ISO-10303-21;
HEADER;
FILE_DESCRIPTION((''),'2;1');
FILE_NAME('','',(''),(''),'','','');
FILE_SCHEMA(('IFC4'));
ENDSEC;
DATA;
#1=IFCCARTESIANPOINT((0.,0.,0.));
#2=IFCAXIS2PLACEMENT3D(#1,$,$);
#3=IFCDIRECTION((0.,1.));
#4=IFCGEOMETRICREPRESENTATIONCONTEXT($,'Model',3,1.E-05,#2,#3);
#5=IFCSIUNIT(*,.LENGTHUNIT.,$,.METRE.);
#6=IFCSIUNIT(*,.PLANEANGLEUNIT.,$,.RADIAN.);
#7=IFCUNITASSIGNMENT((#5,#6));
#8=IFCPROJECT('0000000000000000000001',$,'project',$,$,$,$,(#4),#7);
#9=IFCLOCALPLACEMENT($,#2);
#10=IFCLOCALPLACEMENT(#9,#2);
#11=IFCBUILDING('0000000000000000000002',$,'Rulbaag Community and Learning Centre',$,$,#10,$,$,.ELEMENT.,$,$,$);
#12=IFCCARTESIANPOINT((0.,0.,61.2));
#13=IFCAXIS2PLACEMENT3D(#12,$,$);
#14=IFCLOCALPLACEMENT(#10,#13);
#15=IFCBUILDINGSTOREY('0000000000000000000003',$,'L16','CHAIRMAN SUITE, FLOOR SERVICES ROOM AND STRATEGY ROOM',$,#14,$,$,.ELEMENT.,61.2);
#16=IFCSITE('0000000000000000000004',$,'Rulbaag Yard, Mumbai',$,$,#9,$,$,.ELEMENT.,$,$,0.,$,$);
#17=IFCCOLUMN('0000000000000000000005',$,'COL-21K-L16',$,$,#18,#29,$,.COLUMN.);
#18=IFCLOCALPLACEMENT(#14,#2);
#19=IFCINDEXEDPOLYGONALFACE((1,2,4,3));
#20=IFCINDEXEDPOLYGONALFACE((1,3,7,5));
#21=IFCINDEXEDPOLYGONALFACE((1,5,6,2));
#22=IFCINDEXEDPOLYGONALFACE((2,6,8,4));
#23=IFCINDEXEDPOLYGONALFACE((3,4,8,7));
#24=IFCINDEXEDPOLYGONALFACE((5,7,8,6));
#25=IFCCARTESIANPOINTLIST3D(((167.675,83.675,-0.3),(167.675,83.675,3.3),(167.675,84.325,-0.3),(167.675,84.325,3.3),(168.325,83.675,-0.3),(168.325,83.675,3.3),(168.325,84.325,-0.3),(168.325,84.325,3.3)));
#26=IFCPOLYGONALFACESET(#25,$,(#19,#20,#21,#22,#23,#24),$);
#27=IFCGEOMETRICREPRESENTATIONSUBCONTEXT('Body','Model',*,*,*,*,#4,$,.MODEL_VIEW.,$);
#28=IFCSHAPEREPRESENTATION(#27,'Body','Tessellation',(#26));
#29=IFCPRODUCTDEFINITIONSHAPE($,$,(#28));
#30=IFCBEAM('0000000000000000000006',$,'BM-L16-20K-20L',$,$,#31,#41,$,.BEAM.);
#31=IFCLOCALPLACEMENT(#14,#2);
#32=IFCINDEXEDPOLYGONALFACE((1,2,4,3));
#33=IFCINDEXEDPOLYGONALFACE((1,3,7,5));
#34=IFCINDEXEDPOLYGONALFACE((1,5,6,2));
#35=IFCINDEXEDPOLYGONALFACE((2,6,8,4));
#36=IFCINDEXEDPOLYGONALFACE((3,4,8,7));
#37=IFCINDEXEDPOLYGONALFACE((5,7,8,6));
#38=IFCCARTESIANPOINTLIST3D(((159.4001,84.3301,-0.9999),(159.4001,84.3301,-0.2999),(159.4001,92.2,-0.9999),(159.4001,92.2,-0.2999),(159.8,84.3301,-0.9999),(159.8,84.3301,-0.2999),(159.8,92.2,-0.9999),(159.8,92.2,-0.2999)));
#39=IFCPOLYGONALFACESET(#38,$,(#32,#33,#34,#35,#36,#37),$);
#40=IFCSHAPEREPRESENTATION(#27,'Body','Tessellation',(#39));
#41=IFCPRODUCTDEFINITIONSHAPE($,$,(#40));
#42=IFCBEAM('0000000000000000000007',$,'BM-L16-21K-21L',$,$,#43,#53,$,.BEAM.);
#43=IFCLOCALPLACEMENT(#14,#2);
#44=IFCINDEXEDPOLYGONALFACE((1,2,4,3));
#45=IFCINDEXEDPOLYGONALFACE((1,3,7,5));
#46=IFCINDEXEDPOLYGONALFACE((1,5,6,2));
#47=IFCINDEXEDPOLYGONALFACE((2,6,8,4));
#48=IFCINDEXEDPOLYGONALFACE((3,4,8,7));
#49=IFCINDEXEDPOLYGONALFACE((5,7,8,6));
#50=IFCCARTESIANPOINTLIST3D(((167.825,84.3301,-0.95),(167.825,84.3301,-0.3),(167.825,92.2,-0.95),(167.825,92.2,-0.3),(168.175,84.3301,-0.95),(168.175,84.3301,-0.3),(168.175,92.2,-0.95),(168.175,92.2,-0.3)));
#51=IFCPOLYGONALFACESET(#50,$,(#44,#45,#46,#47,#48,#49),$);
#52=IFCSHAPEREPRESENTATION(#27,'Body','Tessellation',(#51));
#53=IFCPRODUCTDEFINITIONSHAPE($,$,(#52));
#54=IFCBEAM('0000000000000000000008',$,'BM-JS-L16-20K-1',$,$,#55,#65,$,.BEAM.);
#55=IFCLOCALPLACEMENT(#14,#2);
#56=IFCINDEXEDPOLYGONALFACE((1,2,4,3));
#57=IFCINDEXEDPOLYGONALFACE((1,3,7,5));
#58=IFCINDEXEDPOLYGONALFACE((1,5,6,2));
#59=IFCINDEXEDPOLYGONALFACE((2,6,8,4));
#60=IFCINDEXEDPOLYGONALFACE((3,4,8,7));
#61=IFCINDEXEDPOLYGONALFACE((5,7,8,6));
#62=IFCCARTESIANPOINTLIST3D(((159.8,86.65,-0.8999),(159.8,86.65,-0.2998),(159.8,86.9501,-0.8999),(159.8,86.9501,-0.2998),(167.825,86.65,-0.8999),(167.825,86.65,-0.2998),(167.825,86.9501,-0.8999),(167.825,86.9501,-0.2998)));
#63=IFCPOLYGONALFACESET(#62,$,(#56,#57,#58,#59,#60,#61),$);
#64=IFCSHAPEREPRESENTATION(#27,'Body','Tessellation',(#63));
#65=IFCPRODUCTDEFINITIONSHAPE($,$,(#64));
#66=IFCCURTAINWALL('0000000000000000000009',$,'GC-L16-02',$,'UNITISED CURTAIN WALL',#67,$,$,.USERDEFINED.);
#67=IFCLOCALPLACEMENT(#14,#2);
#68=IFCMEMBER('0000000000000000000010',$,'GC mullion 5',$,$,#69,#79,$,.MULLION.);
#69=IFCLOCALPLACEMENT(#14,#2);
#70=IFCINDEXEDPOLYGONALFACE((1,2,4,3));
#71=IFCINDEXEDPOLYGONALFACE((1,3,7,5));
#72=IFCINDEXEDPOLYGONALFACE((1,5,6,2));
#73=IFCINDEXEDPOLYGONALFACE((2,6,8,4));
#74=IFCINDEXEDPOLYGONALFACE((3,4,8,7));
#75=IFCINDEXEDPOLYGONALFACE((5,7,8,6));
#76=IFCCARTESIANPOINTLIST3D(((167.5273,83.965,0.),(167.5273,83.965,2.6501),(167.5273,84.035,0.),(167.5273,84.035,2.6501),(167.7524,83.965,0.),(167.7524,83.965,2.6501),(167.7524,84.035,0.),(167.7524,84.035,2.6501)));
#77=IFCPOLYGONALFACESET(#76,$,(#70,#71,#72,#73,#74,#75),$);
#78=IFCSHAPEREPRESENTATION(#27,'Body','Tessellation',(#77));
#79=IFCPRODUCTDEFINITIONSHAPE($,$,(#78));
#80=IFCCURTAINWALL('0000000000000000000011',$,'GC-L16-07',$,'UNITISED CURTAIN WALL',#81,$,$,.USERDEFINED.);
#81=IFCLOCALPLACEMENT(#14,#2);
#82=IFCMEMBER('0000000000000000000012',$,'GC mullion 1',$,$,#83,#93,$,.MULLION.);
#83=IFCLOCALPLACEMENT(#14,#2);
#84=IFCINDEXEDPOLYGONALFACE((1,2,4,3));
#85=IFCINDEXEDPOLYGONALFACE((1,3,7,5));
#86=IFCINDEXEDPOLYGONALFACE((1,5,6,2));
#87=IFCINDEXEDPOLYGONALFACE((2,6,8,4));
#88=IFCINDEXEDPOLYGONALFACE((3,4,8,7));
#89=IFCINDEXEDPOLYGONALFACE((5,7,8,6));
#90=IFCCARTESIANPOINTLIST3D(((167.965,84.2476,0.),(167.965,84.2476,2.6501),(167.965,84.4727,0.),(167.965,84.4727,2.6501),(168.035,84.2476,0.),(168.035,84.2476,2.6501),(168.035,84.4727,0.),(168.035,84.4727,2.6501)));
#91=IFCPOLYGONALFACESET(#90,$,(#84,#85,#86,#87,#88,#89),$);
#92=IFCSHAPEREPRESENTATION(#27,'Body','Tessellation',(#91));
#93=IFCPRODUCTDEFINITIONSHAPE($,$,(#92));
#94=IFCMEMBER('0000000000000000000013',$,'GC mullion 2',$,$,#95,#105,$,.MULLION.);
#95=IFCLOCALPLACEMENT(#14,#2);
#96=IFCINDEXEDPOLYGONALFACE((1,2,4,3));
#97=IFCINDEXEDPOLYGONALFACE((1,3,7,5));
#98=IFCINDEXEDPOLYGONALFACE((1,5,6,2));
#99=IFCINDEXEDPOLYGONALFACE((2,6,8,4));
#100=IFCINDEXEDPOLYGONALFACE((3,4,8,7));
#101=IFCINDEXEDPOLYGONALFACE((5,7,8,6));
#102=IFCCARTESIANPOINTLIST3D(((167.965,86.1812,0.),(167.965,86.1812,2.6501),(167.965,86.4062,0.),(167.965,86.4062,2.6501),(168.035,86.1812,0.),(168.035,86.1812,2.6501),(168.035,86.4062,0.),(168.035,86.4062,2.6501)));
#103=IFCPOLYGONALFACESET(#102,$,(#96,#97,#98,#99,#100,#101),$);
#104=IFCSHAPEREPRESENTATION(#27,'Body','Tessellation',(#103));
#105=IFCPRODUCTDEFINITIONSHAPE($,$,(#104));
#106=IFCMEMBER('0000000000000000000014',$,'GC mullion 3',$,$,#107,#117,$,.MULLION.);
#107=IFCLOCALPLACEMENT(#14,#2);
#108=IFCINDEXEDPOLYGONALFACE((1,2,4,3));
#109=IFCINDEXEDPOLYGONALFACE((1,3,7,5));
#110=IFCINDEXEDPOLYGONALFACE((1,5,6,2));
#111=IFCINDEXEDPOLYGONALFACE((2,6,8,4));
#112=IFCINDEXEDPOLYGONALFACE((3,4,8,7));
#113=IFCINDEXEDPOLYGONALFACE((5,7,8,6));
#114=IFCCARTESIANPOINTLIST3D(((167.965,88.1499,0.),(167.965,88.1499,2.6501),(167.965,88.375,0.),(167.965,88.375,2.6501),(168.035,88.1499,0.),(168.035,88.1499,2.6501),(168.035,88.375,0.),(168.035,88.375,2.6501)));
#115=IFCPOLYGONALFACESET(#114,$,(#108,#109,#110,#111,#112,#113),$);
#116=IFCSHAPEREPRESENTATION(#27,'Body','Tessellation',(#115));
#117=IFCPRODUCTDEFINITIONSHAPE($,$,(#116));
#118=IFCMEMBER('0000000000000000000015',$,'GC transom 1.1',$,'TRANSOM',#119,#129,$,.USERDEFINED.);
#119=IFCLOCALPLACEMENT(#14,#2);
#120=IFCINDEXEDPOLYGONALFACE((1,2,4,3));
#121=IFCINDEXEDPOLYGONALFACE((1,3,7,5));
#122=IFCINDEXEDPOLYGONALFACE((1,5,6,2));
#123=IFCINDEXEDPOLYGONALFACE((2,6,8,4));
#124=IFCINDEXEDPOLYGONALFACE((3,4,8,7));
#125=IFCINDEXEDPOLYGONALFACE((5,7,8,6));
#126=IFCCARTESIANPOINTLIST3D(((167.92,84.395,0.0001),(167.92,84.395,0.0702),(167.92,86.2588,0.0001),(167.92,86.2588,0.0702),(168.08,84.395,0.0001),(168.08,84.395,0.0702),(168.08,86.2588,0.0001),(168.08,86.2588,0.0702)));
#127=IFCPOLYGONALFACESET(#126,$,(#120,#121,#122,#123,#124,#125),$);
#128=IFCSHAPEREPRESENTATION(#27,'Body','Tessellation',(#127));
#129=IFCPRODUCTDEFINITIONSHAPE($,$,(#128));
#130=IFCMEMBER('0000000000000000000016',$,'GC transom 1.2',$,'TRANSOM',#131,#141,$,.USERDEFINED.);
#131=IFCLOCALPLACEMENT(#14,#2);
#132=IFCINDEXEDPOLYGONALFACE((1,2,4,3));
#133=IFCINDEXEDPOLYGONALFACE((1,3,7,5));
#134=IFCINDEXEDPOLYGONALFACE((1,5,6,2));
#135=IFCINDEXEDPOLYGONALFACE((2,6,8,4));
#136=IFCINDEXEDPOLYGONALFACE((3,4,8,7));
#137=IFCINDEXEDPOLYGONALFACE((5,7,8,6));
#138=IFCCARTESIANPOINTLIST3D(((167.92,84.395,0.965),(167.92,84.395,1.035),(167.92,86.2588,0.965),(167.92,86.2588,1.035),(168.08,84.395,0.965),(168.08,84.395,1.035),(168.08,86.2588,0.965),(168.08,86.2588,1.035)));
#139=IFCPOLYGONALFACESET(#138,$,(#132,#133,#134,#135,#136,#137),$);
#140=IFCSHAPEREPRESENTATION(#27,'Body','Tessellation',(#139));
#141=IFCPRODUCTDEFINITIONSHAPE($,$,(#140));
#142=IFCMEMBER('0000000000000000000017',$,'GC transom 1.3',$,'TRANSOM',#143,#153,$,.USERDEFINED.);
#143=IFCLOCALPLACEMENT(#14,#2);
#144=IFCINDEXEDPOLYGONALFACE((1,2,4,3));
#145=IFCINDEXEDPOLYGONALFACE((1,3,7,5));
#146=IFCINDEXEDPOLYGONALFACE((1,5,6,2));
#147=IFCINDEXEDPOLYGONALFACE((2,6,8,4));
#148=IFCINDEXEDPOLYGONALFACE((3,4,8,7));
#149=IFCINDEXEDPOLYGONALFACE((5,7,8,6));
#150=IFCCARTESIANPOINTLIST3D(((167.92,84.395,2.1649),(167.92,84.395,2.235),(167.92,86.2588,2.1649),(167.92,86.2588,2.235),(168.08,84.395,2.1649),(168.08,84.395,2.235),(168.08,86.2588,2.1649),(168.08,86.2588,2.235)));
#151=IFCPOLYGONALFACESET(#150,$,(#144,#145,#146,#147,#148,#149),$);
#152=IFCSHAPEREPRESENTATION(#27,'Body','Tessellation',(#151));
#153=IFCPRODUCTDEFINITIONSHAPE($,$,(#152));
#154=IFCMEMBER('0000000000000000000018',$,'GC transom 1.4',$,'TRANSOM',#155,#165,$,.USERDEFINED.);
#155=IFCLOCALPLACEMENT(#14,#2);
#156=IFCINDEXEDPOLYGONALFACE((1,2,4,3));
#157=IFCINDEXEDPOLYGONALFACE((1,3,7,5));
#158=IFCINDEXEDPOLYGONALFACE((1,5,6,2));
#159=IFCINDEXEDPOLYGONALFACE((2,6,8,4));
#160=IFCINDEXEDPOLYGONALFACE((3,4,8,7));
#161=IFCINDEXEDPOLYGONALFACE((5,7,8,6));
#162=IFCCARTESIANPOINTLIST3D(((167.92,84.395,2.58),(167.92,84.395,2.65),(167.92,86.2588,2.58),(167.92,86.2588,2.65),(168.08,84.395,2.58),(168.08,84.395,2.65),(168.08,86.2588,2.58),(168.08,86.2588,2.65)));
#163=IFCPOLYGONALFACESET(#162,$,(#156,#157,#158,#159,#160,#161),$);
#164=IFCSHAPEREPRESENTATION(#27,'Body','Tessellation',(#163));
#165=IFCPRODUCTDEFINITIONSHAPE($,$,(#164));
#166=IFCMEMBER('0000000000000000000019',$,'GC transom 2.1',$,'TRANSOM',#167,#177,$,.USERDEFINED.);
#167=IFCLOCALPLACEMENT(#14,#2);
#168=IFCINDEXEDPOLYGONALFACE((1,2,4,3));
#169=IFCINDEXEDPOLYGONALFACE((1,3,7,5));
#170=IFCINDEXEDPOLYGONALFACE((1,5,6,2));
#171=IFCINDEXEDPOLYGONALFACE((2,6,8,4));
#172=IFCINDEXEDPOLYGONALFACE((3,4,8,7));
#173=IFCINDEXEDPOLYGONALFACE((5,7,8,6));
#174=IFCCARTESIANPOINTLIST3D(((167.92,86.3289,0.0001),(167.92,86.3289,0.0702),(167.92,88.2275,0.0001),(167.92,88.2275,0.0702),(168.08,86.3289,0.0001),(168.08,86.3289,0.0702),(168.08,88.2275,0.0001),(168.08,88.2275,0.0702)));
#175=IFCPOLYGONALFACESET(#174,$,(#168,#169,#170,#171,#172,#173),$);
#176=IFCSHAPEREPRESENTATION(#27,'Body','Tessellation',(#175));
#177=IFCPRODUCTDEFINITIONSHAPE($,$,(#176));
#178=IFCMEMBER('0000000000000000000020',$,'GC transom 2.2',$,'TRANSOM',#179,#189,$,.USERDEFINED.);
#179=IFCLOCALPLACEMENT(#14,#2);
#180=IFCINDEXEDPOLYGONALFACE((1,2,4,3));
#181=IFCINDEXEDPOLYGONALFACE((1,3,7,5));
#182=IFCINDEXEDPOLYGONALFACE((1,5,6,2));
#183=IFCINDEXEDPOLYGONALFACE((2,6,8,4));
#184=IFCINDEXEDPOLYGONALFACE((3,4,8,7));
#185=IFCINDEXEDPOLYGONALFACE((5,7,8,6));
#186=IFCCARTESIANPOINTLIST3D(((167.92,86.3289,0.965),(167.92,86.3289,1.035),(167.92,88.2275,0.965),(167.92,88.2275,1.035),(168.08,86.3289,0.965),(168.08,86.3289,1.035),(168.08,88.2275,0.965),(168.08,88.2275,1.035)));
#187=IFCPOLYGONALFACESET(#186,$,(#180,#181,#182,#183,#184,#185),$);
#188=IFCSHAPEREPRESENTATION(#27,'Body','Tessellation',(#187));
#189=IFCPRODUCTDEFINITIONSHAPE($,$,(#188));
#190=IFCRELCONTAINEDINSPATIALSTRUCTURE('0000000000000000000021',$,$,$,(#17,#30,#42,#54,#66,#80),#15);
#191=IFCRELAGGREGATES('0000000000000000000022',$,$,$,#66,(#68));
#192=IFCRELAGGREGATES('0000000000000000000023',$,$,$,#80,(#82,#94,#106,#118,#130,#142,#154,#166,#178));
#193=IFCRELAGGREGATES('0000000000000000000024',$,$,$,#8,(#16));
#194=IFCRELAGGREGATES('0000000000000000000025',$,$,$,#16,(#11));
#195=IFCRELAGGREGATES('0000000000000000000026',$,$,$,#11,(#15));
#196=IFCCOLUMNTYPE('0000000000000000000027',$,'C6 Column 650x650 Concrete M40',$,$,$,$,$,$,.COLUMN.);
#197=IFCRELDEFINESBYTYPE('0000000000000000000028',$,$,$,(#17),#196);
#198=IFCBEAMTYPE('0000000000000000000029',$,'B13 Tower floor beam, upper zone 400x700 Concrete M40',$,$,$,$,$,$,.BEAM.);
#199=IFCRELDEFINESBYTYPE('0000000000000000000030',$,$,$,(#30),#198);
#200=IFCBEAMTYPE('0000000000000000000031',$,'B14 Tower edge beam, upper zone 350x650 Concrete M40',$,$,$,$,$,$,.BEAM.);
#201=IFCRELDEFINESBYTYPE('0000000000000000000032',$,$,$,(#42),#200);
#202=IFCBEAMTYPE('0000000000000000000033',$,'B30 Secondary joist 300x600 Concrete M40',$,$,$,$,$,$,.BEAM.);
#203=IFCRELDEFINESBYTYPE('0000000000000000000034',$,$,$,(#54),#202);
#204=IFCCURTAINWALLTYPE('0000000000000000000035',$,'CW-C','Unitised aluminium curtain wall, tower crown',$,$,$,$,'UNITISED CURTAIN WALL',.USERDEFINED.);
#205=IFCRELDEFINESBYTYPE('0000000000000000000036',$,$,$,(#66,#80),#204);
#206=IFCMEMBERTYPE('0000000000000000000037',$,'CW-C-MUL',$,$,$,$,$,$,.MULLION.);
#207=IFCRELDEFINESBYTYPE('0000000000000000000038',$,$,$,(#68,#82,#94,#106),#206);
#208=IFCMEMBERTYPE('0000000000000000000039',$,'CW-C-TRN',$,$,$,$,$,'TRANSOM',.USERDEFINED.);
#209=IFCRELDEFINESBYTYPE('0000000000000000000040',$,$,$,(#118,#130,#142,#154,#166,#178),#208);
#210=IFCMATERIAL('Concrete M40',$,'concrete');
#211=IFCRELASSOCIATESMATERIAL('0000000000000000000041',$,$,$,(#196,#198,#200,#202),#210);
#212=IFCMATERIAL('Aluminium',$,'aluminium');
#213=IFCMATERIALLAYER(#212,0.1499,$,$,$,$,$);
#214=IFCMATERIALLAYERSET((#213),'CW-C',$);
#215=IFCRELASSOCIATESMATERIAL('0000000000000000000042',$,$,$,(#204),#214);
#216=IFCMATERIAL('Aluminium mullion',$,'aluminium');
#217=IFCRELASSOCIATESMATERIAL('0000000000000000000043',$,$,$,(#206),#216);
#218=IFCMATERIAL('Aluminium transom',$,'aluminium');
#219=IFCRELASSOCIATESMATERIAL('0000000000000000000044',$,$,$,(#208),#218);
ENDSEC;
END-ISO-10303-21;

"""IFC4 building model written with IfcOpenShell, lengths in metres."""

from ifc_helpers import new_model, si_unit, direction, frame, origin, origin_2d, place, context, subcontext, project, spatial, rectangle, extrude, material, layer, layer_set, material_profile, profile_set, type_object, element, aggregate, save


model = new_model("IFC4")

# Units and contexts
model_context = context("Model", 3, precision=1e-05, world=origin(), true_north=direction((0.0, 1.0)))
body_context = subcontext(model_context, "Body", "Model", "MODEL_VIEW")
ifc_project = project(units=[si_unit("LENGTHUNIT", "METRE"), si_unit("PLANEANGLEUNIT", "RADIAN")], contexts=[model_context])

# Site, building, storey
site_placement = place(None, origin())
site = spatial("IfcSite", under=ifc_project, at=site_placement, Name="Rulbaag Yard, Mumbai", CompositionType="ELEMENT", RefElevation=0.0)
building_placement = place(site_placement, origin())
building = spatial("IfcBuilding", under=site, at=building_placement, Name="Rulbaag Community and Learning Centre", CompositionType="ELEMENT")
storey_placement = place(building_placement, frame((0.0, 0.0, 61.2)))
storey = spatial("IfcBuildingStorey", under=building, at=storey_placement, Name="L16", Description="CHAIRMAN SUITE, FLOOR SERVICES ROOM AND STRATEGY ROOM", CompositionType="ELEMENT", Elevation=61.2)

# Column
ifc_material_1 = material(Name="Concrete M40", Category="concrete")
ifc_material_profile_1 = material_profile(ifc_material_1, rectangle(XDim=0.6499, YDim=0.6499, at=origin_2d()), Name="RC650x650")
ifc_profile_set_1 = profile_set([ifc_material_profile_1], Name="Concrete M40")
column_type = type_object("IfcColumnType", Name="C6 Column 650x650 Concrete M40", PredefinedType="COLUMN", material=ifc_profile_set_1)
column_placement = place(storey_placement, frame((168.0, 84.0, -0.3), z_axis=(0.0, 0.0, 1.0), x_axis=(1.0, 0.0, 0.0)))
element("IfcColumn", 1, at=column_placement, inside=storey, type_object=column_type, Name="COL-21K-L16", PredefinedType="COLUMN", context=body_context, shape_type="SweptSolid", body=[
    extrude(rectangle(XDim=0.6499, YDim=0.6499, at=origin_2d()), origin(), (0.0, 0.0, 1.0), 3.6001),
])

# Beams
ifc_material_profile_2 = material_profile(ifc_material_1, rectangle(XDim=0.3999, YDim=0.7, at=origin_2d()), Name="RB400x700")
ifc_profile_set_2 = profile_set([ifc_material_profile_2], Name="Concrete M40")
beam_type_1 = type_object("IfcBeamType", Name="B13 Tower floor beam, upper zone 400x700 Concrete M40", PredefinedType="BEAM", material=ifc_profile_set_2)
beam_1_placement = place(storey_placement, frame((159.6001, 84.3301, -0.6499), z_axis=(0.0, 1.0, 0.0), x_axis=(-1.0, 0.0, 0.0)))
element("IfcBeam", 2, at=beam_1_placement, inside=storey, type_object=beam_type_1, Name="BM-L16-20K-20L", PredefinedType="BEAM", context=body_context, shape_type="SweptSolid", body=[
    extrude(rectangle(XDim=0.3999, YDim=0.7, at=origin_2d()), origin(), (0.0, 0.0, 1.0), 7.8699),
])
ifc_material_profile_3 = material_profile(ifc_material_1, rectangle(XDim=0.3501, YDim=0.6499, at=origin_2d()), Name="RB350x650")
ifc_profile_set_3 = profile_set([ifc_material_profile_3], Name="Concrete M40")
beam_type_2 = type_object("IfcBeamType", Name="B14 Tower edge beam, upper zone 350x650 Concrete M40", PredefinedType="BEAM", material=ifc_profile_set_3)
beam_2_placement = place(storey_placement, frame((168.0, 84.3301, -0.625), z_axis=(0.0, 1.0, 0.0), x_axis=(-1.0, 0.0, 0.0)))
element("IfcBeam", 3, at=beam_2_placement, inside=storey, type_object=beam_type_2, Name="BM-L16-21K-21L", PredefinedType="BEAM", context=body_context, shape_type="SweptSolid", body=[
    extrude(rectangle(XDim=0.3501, YDim=0.6499, at=origin_2d()), origin(), (0.0, 0.0, 1.0), 7.8699),
])
ifc_material_profile_4 = material_profile(ifc_material_1, rectangle(XDim=0.3, YDim=0.6001, at=origin_2d()), Name="RB300x600")
ifc_profile_set_4 = profile_set([ifc_material_profile_4], Name="Concrete M40")
beam_type_3 = type_object("IfcBeamType", Name="B30 Secondary joist 300x600 Concrete M40", PredefinedType="BEAM", material=ifc_profile_set_4)
beam_3_placement = place(storey_placement, frame((159.8, 86.8, -0.5999), z_axis=(1.0, 0.0, 0.0), x_axis=(0.0, 1.0, 0.0)))
element("IfcBeam", 4, at=beam_3_placement, inside=storey, type_object=beam_type_3, Name="BM-JS-L16-20K-1", PredefinedType="BEAM", context=body_context, shape_type="SweptSolid", body=[
    extrude(rectangle(XDim=0.3, YDim=0.6001, at=origin_2d()), origin(), (0.0, 0.0, 1.0), 8.0249),
])

# Curtain wall, member
ifc_material_2 = material(Name="Aluminium", Category="aluminium")
ifc_layer_1 = layer(ifc_material_2, 0.1499)
ifc_layer_set_1 = layer_set([ifc_layer_1], Name="CW-C")
curtain_wall_type = type_object("IfcCurtainWallType", Name="CW-C", Description="Unitised aluminium curtain wall, tower crown", ElementType="UNITISED CURTAIN WALL", PredefinedType="USERDEFINED", material=ifc_layer_set_1)
curtain_wall_1_placement = place(storey_placement, origin())
curtain_wall_1 = element("IfcCurtainWall", 5, at=curtain_wall_1_placement, inside=storey, type_object=curtain_wall_type, Name="GC-L16-02", ObjectType="UNITISED CURTAIN WALL", PredefinedType="USERDEFINED")
ifc_material_3 = material(Name="Aluminium mullion", Category="aluminium")
ifc_material_profile_5 = material_profile(ifc_material_3, rectangle(XDim=0.0701, YDim=0.2251, at=origin_2d()), Name="AL 70x225")
ifc_profile_set_5 = profile_set([ifc_material_profile_5], Name="Aluminium mullion")
member_type_1 = type_object("IfcMemberType", Name="CW-C-MUL", PredefinedType="MULLION", material=ifc_profile_set_5)
member_1_placement = place(storey_placement, frame((167.6399, 84.0, 0.0), z_axis=(0.0, 0.0, 1.0), x_axis=(0.0, 1.0, 0.0)))
member_1 = element("IfcMember", 6, at=member_1_placement, type_object=member_type_1, Name="GC mullion 5", PredefinedType="MULLION", context=body_context, shape_type="SweptSolid", body=[
    extrude(rectangle(XDim=0.0701, YDim=0.2251, at=origin_2d()), origin(), (0.0, 0.0, 1.0), 2.6501),
])
aggregate(curtain_wall_1, [member_1])

# Curtain wall, members
curtain_wall_2_placement = place(storey_placement, origin())
curtain_wall_2 = element("IfcCurtainWall", 7, at=curtain_wall_2_placement, inside=storey, type_object=curtain_wall_type, Name="GC-L16-07", ObjectType="UNITISED CURTAIN WALL", PredefinedType="USERDEFINED")
member_2_placement = place(storey_placement, frame((168.0, 84.3601, 0.0), z_axis=(0.0, 0.0, 1.0), x_axis=(-1.0, 0.0, 0.0)))
member_2 = element("IfcMember", 8, at=member_2_placement, type_object=member_type_1, Name="GC mullion 1", PredefinedType="MULLION", context=body_context, shape_type="SweptSolid", body=[
    extrude(rectangle(XDim=0.0701, YDim=0.2251, at=origin_2d()), origin(), (0.0, 0.0, 1.0), 2.6501),
])
member_3_placement = place(storey_placement, frame((168.0, 86.2937, 0.0), z_axis=(0.0, 0.0, 1.0), x_axis=(-1.0, 0.0, 0.0)))
member_3 = element("IfcMember", 9, at=member_3_placement, type_object=member_type_1, Name="GC mullion 2", PredefinedType="MULLION", context=body_context, shape_type="SweptSolid", body=[
    extrude(rectangle(XDim=0.0701, YDim=0.2251, at=origin_2d()), origin(), (0.0, 0.0, 1.0), 2.6501),
])
member_4_placement = place(storey_placement, frame((168.0, 88.2625, 0.0), z_axis=(0.0, 0.0, 1.0), x_axis=(-1.0, 0.0, 0.0)))
member_4 = element("IfcMember", 10, at=member_4_placement, type_object=member_type_1, Name="GC mullion 3", PredefinedType="MULLION", context=body_context, shape_type="SweptSolid", body=[
    extrude(rectangle(XDim=0.0701, YDim=0.2251, at=origin_2d()), origin(), (0.0, 0.0, 1.0), 2.6501),
])
ifc_material_4 = material(Name="Aluminium transom", Category="aluminium")
ifc_material_profile_6 = material_profile(ifc_material_4, rectangle(XDim=0.1599, YDim=0.0701, at=origin_2d()), Name="AL 70x160 T")
ifc_profile_set_6 = profile_set([ifc_material_profile_6], Name="Aluminium transom")
member_type_2 = type_object("IfcMemberType", Name="CW-C-TRN", ElementType="TRANSOM", PredefinedType="USERDEFINED", material=ifc_profile_set_6)
member_5_placement = place(storey_placement, frame((168.0, 84.395, 0.0352), z_axis=(0.0, 1.0, 0.0), x_axis=(-1.0, 0.0, 0.0)))
member_5 = element("IfcMember", 11, at=member_5_placement, type_object=member_type_2, Name="GC transom 1.1", ObjectType="TRANSOM", PredefinedType="USERDEFINED", context=body_context, shape_type="SweptSolid", body=[
    extrude(rectangle(XDim=0.1599, YDim=0.0701, at=origin_2d()), origin(), (0.0, 0.0, 1.0), 1.8638),
])
member_6_placement = place(storey_placement, frame((168.0, 84.395, 1.0), z_axis=(0.0, 1.0, 0.0), x_axis=(-1.0, 0.0, 0.0)))
member_6 = element("IfcMember", 12, at=member_6_placement, type_object=member_type_2, Name="GC transom 1.2", ObjectType="TRANSOM", PredefinedType="USERDEFINED", context=body_context, shape_type="SweptSolid", body=[
    extrude(rectangle(XDim=0.1599, YDim=0.0701, at=origin_2d()), origin(), (0.0, 0.0, 1.0), 1.8638),
])
member_7_placement = place(storey_placement, frame((168.0, 84.395, 2.2), z_axis=(0.0, 1.0, 0.0), x_axis=(-1.0, 0.0, 0.0)))
member_7 = element("IfcMember", 13, at=member_7_placement, type_object=member_type_2, Name="GC transom 1.3", ObjectType="TRANSOM", PredefinedType="USERDEFINED", context=body_context, shape_type="SweptSolid", body=[
    extrude(rectangle(XDim=0.1599, YDim=0.0701, at=origin_2d()), origin(), (0.0, 0.0, 1.0), 1.8638),
])
member_8_placement = place(storey_placement, frame((168.0, 84.395, 2.615), z_axis=(0.0, 1.0, 0.0), x_axis=(-1.0, 0.0, 0.0)))
member_8 = element("IfcMember", 14, at=member_8_placement, type_object=member_type_2, Name="GC transom 1.4", ObjectType="TRANSOM", PredefinedType="USERDEFINED", context=body_context, shape_type="SweptSolid", body=[
    extrude(rectangle(XDim=0.1599, YDim=0.0701, at=origin_2d()), origin(), (0.0, 0.0, 1.0), 1.8638),
])
member_9_placement = place(storey_placement, frame((168.0, 86.3289, 0.0352), z_axis=(0.0, 1.0, 0.0), x_axis=(-1.0, 0.0, 0.0)))
member_9 = element("IfcMember", 15, at=member_9_placement, type_object=member_type_2, Name="GC transom 2.1", ObjectType="TRANSOM", PredefinedType="USERDEFINED", context=body_context, shape_type="SweptSolid", body=[
    extrude(rectangle(XDim=0.1599, YDim=0.0701, at=origin_2d()), origin(), (0.0, 0.0, 1.0), 1.8987),
])
member_10_placement = place(storey_placement, frame((168.0, 86.3289, 1.0), z_axis=(0.0, 1.0, 0.0), x_axis=(-1.0, 0.0, 0.0)))
member_10 = element("IfcMember", 16, at=member_10_placement, type_object=member_type_2, Name="GC transom 2.2", ObjectType="TRANSOM", PredefinedType="USERDEFINED", context=body_context, shape_type="SweptSolid", body=[
    extrude(rectangle(XDim=0.1599, YDim=0.0701, at=origin_2d()), origin(), (0.0, 0.0, 1.0), 1.8987),
])
aggregate(curtain_wall_2, [member_2, member_3, member_4, member_5, member_6, member_7, member_8, member_9, member_10])

save(model, "model.ifc")
